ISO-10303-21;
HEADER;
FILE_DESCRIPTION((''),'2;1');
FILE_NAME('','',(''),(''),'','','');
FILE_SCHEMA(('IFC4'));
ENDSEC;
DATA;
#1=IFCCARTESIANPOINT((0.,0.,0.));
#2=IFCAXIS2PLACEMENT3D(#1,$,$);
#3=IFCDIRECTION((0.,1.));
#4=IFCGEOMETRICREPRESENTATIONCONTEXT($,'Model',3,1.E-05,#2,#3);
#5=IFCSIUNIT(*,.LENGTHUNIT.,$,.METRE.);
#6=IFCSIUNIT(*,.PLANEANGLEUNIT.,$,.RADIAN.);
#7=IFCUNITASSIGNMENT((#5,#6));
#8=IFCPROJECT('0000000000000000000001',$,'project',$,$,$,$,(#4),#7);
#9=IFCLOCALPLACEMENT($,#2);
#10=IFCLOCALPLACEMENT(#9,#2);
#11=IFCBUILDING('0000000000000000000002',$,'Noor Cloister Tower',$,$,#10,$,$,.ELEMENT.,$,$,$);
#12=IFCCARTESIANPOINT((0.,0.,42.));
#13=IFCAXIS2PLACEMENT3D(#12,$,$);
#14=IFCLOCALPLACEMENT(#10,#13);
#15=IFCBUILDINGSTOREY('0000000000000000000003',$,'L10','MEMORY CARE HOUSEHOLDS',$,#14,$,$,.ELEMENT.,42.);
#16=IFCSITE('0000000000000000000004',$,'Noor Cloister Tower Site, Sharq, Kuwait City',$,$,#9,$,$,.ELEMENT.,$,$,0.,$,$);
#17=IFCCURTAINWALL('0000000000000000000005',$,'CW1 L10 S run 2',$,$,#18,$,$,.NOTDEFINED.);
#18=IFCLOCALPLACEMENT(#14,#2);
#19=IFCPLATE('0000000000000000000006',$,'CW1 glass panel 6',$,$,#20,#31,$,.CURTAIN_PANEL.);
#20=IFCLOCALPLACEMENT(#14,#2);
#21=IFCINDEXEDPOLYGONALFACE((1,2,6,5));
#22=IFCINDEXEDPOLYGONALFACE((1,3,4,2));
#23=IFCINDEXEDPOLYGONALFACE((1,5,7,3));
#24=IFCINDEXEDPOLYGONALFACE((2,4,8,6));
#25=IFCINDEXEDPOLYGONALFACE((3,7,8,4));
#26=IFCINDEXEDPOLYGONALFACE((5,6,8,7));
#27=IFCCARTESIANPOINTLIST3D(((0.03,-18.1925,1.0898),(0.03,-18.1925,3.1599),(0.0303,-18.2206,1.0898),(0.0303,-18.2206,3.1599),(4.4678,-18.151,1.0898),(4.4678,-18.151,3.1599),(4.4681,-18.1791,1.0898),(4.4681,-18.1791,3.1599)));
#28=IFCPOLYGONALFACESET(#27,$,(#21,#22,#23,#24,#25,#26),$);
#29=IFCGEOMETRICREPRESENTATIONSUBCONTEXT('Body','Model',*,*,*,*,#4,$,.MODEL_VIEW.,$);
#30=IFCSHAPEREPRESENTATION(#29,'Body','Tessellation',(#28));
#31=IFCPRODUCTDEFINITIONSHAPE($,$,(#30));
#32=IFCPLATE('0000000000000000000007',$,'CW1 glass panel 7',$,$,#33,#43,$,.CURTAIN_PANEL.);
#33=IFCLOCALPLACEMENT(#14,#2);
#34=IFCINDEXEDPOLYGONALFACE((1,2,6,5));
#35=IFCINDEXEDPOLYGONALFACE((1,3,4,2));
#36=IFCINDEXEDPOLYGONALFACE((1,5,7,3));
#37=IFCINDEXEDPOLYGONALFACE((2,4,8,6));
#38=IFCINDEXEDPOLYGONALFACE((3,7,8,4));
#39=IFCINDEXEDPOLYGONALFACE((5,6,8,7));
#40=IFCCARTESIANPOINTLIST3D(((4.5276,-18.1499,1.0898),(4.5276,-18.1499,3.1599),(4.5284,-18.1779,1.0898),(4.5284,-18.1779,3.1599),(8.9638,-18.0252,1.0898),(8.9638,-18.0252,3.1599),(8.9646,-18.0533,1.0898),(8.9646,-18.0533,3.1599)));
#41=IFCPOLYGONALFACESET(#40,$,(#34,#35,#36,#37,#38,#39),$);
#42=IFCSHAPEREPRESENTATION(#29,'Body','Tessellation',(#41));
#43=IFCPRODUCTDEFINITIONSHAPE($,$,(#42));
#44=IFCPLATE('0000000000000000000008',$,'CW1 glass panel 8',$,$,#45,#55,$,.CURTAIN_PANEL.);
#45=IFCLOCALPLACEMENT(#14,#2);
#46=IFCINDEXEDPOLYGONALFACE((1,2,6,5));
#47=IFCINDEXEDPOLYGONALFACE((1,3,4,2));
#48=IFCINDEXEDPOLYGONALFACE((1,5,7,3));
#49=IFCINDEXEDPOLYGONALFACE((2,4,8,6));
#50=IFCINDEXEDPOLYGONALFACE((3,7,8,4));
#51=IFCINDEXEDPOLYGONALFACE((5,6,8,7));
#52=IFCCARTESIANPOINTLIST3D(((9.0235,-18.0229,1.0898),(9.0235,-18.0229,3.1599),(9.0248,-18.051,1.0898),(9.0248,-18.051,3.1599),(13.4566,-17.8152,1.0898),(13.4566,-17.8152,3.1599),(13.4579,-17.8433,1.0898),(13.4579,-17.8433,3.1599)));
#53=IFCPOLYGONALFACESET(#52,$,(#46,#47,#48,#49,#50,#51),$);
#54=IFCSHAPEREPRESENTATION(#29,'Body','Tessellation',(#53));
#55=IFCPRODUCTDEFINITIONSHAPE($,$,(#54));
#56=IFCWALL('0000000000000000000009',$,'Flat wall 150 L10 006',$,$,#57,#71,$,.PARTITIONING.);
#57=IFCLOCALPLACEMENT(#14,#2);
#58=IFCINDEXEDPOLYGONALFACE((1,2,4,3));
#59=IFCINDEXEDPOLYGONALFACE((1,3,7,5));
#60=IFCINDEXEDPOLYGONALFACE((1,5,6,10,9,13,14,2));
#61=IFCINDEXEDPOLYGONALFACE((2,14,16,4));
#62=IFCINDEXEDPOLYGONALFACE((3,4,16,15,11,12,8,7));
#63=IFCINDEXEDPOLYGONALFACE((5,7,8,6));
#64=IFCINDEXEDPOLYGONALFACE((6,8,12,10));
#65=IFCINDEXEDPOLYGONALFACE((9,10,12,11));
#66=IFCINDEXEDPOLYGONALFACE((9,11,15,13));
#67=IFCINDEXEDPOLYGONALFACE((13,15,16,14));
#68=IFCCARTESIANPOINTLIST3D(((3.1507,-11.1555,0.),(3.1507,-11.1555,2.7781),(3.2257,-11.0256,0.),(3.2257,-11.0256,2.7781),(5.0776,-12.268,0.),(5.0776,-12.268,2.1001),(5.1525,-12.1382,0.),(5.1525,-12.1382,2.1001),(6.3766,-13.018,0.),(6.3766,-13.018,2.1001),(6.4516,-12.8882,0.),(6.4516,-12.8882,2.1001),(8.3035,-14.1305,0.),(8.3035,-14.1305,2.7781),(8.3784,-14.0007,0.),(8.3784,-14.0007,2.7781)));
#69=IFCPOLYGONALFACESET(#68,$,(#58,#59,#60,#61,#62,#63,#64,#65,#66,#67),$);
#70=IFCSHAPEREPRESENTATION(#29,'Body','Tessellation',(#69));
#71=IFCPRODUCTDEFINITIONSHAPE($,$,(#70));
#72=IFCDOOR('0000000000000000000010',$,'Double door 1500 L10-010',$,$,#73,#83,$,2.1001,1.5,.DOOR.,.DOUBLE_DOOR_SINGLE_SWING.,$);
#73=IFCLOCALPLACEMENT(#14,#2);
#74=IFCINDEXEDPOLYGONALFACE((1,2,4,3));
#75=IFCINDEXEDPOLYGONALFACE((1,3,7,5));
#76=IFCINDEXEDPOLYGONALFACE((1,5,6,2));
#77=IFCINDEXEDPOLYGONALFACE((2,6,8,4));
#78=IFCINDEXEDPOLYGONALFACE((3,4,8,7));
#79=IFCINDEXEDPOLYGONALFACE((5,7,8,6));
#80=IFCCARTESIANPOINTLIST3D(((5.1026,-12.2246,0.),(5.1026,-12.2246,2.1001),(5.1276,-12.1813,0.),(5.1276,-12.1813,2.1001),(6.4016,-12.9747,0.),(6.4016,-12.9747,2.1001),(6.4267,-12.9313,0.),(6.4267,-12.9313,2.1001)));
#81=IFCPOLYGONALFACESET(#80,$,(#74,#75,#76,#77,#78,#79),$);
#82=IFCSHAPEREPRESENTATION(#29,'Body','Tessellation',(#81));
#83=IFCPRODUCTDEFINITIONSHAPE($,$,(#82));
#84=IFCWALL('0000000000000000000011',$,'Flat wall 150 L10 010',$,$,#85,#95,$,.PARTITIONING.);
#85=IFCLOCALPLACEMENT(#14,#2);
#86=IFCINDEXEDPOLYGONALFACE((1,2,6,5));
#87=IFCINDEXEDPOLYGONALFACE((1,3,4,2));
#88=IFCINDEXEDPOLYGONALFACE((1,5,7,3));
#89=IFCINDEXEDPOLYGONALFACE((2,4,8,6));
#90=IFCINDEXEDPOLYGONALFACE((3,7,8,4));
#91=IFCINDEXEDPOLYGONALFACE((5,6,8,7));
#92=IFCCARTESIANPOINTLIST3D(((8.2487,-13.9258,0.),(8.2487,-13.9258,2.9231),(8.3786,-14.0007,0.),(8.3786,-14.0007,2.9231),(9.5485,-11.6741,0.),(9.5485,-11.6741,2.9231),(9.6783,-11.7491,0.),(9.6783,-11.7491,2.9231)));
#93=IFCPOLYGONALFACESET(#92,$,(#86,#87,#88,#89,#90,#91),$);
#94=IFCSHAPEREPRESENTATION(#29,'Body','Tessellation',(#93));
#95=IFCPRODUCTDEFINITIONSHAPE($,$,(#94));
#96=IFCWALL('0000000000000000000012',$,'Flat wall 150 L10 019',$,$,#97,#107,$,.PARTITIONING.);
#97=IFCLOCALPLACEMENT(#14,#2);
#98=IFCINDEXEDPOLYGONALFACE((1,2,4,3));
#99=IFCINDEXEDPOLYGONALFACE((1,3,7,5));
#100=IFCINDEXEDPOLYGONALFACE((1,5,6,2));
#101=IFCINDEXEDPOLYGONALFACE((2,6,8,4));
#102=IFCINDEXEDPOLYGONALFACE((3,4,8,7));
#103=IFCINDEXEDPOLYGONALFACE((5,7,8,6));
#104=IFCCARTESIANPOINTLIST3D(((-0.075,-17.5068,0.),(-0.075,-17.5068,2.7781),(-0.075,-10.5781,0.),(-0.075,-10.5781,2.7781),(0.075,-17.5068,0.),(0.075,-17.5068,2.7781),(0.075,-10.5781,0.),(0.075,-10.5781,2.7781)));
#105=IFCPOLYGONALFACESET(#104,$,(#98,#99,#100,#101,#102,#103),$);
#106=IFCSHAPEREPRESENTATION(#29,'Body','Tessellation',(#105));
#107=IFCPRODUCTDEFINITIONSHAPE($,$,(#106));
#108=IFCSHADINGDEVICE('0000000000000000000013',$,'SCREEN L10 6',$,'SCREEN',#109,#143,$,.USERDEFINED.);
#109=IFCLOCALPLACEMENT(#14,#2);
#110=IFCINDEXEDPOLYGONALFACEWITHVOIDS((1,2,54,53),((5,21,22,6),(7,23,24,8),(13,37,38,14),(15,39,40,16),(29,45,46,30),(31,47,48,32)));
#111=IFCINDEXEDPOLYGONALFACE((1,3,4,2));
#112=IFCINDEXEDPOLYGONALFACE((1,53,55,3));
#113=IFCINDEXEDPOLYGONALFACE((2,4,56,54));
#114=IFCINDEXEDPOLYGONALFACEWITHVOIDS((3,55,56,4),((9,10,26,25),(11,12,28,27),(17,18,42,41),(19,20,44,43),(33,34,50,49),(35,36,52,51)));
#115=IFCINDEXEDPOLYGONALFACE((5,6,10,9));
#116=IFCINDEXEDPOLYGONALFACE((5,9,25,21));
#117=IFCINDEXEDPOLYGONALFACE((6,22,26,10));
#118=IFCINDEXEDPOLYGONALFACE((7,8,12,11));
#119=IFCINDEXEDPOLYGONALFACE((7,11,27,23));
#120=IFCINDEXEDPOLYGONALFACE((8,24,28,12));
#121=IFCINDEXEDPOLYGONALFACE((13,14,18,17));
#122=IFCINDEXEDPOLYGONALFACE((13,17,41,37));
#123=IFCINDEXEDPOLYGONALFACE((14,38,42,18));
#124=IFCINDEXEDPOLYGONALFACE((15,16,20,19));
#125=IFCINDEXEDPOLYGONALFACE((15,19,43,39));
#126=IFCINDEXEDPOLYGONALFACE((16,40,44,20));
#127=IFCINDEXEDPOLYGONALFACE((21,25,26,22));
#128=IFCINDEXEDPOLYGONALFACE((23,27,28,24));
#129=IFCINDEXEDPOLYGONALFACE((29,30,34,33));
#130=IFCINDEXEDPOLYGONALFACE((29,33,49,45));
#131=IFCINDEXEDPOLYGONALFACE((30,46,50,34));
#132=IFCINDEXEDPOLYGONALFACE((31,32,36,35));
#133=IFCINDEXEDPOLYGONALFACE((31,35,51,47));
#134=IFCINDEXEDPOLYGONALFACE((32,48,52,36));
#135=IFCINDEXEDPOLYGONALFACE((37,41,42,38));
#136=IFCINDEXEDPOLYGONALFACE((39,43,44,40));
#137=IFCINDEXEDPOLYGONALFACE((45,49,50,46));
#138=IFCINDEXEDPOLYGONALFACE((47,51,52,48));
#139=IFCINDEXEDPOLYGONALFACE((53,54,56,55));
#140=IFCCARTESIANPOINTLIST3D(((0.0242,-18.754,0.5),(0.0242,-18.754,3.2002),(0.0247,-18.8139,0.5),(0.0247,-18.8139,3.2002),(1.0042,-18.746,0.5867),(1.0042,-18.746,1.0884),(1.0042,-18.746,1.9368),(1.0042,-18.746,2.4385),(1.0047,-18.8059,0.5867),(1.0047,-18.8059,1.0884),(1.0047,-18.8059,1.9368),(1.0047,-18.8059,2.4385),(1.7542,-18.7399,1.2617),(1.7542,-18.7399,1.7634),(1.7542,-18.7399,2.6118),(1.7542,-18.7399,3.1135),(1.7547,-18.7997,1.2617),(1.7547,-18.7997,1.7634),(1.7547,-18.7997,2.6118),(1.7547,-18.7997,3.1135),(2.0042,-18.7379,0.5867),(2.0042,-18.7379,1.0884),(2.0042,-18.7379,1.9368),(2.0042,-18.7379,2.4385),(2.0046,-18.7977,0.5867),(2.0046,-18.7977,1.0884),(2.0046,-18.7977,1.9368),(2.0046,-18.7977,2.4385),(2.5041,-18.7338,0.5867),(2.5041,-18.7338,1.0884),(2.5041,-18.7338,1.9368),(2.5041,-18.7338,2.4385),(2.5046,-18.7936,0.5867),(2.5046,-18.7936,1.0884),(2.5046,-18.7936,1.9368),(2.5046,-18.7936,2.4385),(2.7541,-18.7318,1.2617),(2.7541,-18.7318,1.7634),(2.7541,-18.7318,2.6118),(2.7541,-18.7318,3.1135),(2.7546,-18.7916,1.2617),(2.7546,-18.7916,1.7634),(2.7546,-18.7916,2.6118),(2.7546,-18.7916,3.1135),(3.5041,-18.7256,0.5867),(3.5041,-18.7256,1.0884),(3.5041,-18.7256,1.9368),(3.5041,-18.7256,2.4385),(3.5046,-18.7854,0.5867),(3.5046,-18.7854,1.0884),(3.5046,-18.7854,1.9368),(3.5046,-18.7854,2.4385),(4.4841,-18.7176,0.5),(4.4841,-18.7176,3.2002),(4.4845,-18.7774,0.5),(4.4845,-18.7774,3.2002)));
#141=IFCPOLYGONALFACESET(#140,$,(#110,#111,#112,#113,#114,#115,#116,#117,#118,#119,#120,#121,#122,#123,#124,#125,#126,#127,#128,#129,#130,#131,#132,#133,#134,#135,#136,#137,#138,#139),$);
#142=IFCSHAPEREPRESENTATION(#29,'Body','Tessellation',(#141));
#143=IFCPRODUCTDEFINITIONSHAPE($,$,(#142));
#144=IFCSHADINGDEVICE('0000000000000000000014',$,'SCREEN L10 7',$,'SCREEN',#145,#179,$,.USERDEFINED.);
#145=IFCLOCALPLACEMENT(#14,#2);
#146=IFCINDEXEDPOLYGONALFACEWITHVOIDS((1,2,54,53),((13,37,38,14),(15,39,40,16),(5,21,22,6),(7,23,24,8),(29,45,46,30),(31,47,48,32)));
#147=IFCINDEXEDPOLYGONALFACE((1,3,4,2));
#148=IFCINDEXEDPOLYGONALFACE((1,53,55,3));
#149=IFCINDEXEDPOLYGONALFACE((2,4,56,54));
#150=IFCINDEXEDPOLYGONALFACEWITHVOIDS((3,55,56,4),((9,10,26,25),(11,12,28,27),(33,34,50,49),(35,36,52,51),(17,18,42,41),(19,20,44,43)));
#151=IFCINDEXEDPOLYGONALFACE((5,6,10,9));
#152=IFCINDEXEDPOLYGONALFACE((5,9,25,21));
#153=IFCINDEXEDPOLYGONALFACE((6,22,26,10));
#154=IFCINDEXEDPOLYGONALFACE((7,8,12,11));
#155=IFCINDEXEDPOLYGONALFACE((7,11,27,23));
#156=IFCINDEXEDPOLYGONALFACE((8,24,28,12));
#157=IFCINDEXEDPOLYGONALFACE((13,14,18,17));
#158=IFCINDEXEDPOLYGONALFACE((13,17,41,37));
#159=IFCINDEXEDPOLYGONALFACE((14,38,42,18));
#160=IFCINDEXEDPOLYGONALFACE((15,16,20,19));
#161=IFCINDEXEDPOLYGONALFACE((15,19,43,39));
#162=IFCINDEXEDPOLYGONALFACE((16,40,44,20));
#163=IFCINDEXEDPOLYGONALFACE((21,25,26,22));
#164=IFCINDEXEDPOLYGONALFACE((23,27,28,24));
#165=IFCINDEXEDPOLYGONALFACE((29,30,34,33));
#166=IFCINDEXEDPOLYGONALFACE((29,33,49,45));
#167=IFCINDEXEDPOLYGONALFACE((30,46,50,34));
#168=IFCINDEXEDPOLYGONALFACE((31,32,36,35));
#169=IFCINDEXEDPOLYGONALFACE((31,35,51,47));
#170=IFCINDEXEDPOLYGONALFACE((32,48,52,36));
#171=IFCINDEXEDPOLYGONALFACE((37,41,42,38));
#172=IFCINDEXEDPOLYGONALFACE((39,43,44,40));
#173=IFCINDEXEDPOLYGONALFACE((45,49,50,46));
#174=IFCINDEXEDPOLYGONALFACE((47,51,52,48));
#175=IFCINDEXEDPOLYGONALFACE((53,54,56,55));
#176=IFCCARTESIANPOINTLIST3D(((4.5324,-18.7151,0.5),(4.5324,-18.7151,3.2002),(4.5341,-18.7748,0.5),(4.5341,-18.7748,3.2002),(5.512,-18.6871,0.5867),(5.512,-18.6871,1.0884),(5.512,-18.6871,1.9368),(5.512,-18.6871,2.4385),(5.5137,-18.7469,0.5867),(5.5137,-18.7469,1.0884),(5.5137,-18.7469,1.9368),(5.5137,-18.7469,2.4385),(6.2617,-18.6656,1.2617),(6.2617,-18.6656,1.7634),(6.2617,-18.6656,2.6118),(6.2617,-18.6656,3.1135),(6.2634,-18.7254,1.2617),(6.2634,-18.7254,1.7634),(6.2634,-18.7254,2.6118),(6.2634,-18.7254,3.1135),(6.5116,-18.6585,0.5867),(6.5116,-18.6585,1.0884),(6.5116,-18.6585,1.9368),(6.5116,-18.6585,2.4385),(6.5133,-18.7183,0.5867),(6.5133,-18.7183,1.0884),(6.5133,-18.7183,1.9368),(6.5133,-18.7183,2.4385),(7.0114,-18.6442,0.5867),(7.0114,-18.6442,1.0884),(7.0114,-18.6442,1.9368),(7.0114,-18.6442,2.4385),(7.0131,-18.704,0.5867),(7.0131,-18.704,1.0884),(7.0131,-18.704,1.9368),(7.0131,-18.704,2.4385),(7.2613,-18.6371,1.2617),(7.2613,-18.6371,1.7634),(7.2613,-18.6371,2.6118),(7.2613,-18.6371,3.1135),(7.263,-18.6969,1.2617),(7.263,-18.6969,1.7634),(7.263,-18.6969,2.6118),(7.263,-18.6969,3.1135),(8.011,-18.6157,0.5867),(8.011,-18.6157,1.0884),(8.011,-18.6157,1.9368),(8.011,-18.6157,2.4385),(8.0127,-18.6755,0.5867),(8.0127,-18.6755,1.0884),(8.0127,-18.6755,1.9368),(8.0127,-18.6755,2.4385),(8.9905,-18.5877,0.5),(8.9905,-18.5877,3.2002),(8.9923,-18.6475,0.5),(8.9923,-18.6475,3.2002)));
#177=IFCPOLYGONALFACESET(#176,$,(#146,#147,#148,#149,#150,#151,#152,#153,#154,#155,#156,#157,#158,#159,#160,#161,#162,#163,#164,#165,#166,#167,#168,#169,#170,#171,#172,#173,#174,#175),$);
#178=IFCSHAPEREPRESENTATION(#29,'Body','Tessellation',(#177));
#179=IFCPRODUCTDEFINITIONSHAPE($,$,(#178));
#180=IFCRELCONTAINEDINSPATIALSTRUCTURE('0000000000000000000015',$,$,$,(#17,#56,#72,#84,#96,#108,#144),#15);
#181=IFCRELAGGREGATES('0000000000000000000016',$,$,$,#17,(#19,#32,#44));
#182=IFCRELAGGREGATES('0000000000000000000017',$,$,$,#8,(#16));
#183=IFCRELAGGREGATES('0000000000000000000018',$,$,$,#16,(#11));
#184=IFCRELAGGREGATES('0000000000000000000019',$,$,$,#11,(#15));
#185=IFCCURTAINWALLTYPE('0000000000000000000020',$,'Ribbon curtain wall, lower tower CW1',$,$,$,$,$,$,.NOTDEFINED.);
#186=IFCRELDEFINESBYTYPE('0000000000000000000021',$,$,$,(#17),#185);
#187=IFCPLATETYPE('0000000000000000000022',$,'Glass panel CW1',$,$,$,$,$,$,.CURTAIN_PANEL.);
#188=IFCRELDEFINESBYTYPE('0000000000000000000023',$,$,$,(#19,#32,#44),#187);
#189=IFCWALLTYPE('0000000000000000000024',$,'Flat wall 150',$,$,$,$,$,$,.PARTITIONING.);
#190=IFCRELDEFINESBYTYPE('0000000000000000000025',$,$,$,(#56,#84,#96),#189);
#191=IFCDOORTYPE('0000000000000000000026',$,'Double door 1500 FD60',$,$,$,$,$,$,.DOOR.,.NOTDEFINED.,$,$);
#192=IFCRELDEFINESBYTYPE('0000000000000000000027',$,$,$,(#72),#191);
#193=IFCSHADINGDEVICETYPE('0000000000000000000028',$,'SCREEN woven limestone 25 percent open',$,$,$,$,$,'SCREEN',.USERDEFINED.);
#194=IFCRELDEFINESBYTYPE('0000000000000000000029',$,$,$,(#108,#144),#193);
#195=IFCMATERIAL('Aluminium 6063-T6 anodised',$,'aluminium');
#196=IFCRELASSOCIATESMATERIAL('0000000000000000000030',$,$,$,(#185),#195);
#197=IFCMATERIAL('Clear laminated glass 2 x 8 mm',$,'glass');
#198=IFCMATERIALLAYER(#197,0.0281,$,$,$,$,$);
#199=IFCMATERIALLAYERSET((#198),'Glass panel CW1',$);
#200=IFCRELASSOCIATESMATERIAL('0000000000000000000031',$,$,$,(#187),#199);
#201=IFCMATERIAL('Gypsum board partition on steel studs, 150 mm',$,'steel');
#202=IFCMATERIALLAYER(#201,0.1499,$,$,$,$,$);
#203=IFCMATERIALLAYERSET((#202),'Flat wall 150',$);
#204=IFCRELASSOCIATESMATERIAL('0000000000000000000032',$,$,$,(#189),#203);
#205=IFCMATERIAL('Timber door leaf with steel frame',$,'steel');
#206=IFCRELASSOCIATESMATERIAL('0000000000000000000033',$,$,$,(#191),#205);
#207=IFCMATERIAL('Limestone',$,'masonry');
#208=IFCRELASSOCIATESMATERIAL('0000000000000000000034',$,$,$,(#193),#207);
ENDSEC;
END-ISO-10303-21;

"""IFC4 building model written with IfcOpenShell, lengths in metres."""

from ifc_helpers import new_model, si_unit, direction, frame, frame_2d, origin, origin_2d, place, context, subcontext, project, spatial, polyline, rectangle, outline, extrude, material, layer, layer_set, material_profile, profile_set, type_object, element, fill, aggregate, save


model = new_model("IFC4")

# Units and contexts
model_context = context("Model", 3, precision=1e-05, world=origin(), true_north=direction((0.0, 1.0)))
body_context = subcontext(model_context, "Body", "Model", "MODEL_VIEW")
ifc_project = project(units=[si_unit("LENGTHUNIT", "METRE"), si_unit("PLANEANGLEUNIT", "RADIAN")], contexts=[model_context])

# Site, building, storey
site_placement = place(None, origin())
site = spatial("IfcSite", under=ifc_project, at=site_placement, Name="Noor Cloister Tower Site, Sharq, Kuwait City", CompositionType="ELEMENT", RefElevation=0.0)
building_placement = place(site_placement, origin())
building = spatial("IfcBuilding", under=site, at=building_placement, Name="Noor Cloister Tower", CompositionType="ELEMENT")
storey_placement = place(building_placement, frame((0.0, 0.0, 42.0)))
storey = spatial("IfcBuildingStorey", under=building, at=storey_placement, Name="L10", Description="MEMORY CARE HOUSEHOLDS", CompositionType="ELEMENT", Elevation=42.0)

# Curtain wall
ifc_material_1 = material(Name="Aluminium 6063-T6 anodised", Category="aluminium")
curtain_wall_type = type_object("IfcCurtainWallType", Name="Ribbon curtain wall, lower tower CW1", PredefinedType="NOTDEFINED", material=ifc_material_1)
curtain_wall_placement = place(storey_placement, origin())
curtain_wall = element("IfcCurtainWall", 1, at=curtain_wall_placement, inside=storey, type_object=curtain_wall_type, Name="CW1 L10 S run 2", PredefinedType="NOTDEFINED")

# Plates
ifc_material_2 = material(Name="Clear laminated glass 2 x 8 mm", Category="glass")
ifc_layer_1 = layer(ifc_material_2, 0.0281)
ifc_layer_set_1 = layer_set([ifc_layer_1], Name="Glass panel CW1")
plate_type = type_object("IfcPlateType", Name="Glass panel CW1", PredefinedType="CURTAIN_PANEL", material=ifc_layer_set_1)
plate_1_placement = place(storey_placement, frame((2.249, -18.1858, 1.0898), z_axis=(0.0, 0.0, 1.0), x_axis=(0.999956, 0.009364, 0.0)))
plate_1 = element("IfcPlate", 2, at=plate_1_placement, type_object=plate_type, Name="CW1 glass panel 6", PredefinedType="CURTAIN_PANEL", context=body_context, shape_type="SweptSolid", body=[
    extrude(rectangle(XDim=4.438, YDim=0.0281, at=origin_2d()), origin(), (0.0, 0.0, 1.0), 2.0701),
])
plate_2_placement = place(storey_placement, frame((6.7461, -18.1016, 1.0898), z_axis=(0.0, 0.0, 1.0), x_axis=(0.999605, 0.028087, 0.0)))
plate_2 = element("IfcPlate", 3, at=plate_2_placement, type_object=plate_type, Name="CW1 glass panel 7", PredefinedType="CURTAIN_PANEL", context=body_context, shape_type="SweptSolid", body=[
    extrude(rectangle(XDim=4.438, YDim=0.0281, at=origin_2d()), origin(), (0.0, 0.0, 1.0), 2.0701),
])
plate_3_placement = place(storey_placement, frame((11.2407, -17.9331, 1.0898), z_axis=(0.0, 0.0, 1.0), x_axis=(0.998904, 0.046801, 0.0)))
plate_3 = element("IfcPlate", 4, at=plate_3_placement, type_object=plate_type, Name="CW1 glass panel 8", PredefinedType="CURTAIN_PANEL", context=body_context, shape_type="SweptSolid", body=[
    extrude(rectangle(XDim=4.438, YDim=0.0281, at=origin_2d()), origin(), (0.0, 0.0, 1.0), 2.0701),
])
aggregate(curtain_wall, [plate_1, plate_2, plate_3])

# Wall, opening, door
ifc_material_3 = material(Name="Gypsum board partition on steel studs, 150 mm", Category="steel")
ifc_layer_2 = layer(ifc_material_3, 0.1499)
ifc_layer_set_2 = layer_set([ifc_layer_2], Name="Flat wall 150")
wall_type = type_object("IfcWallType", Name="Flat wall 150", PredefinedType="PARTITIONING", material=ifc_layer_set_2)
wall_1_placement = place(storey_placement, frame((8.3411, -14.0657, 0.0), z_axis=(0.0, 0.0, 1.0), x_axis=(-0.866017, 0.500014, 0.0)))
wall_1 = element("IfcWall", 5, at=wall_1_placement, inside=storey, type_object=wall_type, Name="Flat wall 150 L10 006", PredefinedType="PARTITIONING", context=body_context, shape_type="SweptSolid", body=[
    extrude(rectangle(XDim=5.95, YDim=0.1499, at=frame_2d((2.9751, 0.0))), origin(), (0.0, 0.0, 1.0), 2.7781),
])
opening_placement = place(wall_1_placement, frame((2.2251, 0.0, 0.0)))
opening = element("IfcOpeningElement", 6, at=opening_placement, cuts=wall_1, PredefinedType="OPENING", context=body_context, shape_type="SweptSolid", body=[
    extrude(rectangle(XDim=1.5, YDim=2.1001, at=frame_2d((0.75, 1.05))), frame((0.0, 0.085, 0.0), z_axis=(0.0, -1.0, 0.0), x_axis=(1.0, 0.0, 0.0)), (0.0, 0.0, 1.0), 0.1699),
])
ifc_material_4 = material(Name="Timber door leaf with steel frame", Category="steel")
door_type = type_object("IfcDoorType", Name="Double door 1500 FD60", OperationType="NOTDEFINED", PredefinedType="DOOR", material=ifc_material_4)
door_placement = place(opening_placement, origin())
door = element("IfcDoor", 7, at=door_placement, inside=storey, type_object=door_type, Name="Double door 1500 L10-010", OperationType="DOUBLE_DOOR_SINGLE_SWING", OverallHeight=2.1001, OverallWidth=1.5, PredefinedType="DOOR", context=body_context, shape_type="SweptSolid", body=[
    extrude(rectangle(XDim=1.5, YDim=2.1001, at=frame_2d((0.75, 1.05))), frame((0.0, 0.0249, 0.0), z_axis=(0.0, -1.0, 0.0), x_axis=(1.0, 0.0, 0.0)), (0.0, 0.0, 1.0), 0.05),
])
fill(opening, door)

# Walls
wall_2_placement = place(storey_placement, frame((8.3137, -13.9631, 0.0), z_axis=(0.0, 0.0, 1.0), x_axis=(0.499937, 0.866062, 0.0)))
element("IfcWall", 8, at=wall_2_placement, inside=storey, type_object=wall_type, Name="Flat wall 150 L10 010", PredefinedType="PARTITIONING", context=body_context, shape_type="SweptSolid", body=[
    extrude(rectangle(XDim=2.5999, YDim=0.1499, at=frame_2d((1.2998, 0.0))), origin(), (0.0, 0.0, 1.0), 2.9231),
])
wall_3_placement = place(storey_placement, frame((0.0, -17.5068, 0.0), z_axis=(0.0, 0.0, 1.0), x_axis=(0.0, 1.0, 0.0)))
element("IfcWall", 9, at=wall_3_placement, inside=storey, type_object=wall_type, Name="Flat wall 150 L10 019", PredefinedType="PARTITIONING", context=body_context, shape_type="SweptSolid", body=[
    extrude(rectangle(XDim=6.9287, YDim=0.1499, at=frame_2d((3.4644, 0.0))), origin(), (0.0, 0.0, 1.0), 2.7781),
])

# Shading devices
ifc_material_5 = material(Name="Limestone", Category="masonry")
ifc_material_profile_1 = material_profile(ifc_material_5, outline(polyline([(-2.23, -1.3501), (2.23, -1.3501), (2.23, 1.3501), (-2.23, 1.3501), (-2.23, -1.3501)]), holes=[polyline([(-1.25, -1.2634), (-0.25, -1.2634), (-0.25, -0.7617), (-1.25, -0.7617), (-1.25, -1.2634)]), polyline([(0.25, -1.2634), (1.25, -1.2634), (1.25, -0.7617), (0.25, -0.7617), (0.25, -1.2634)]), polyline([(-0.5, -0.5884), (0.5, -0.5884), (0.5, -0.0867), (-0.5, -0.0867), (-0.5, -0.5884)]), polyline([(-1.25, 0.0867), (-0.25, 0.0867), (-0.25, 0.5884), (-1.25, 0.5884), (-1.25, 0.0867)]), polyline([(0.25, 0.0867), (1.25, 0.0867), (1.25, 0.5884), (0.25, 0.5884), (0.25, 0.0867)]), polyline([(-0.5, 0.7617), (0.5, 0.7617), (0.5, 1.2634), (-0.5, 1.2634), (-0.5, 0.7617)])]), Name="Woven screen 25 percent open")
ifc_profile_set_1 = profile_set([ifc_material_profile_1], Name="Limestone")
shading_device_type = type_object("IfcShadingDeviceType", Name="SCREEN woven limestone 25 percent open", ElementType="SCREEN", PredefinedType="USERDEFINED", material=ifc_profile_set_1)
for number, where, z_axis, x_axis, name in (
    (10, (2.2542, -18.7358, 1.8501), (0.008163, -0.999967, 0.0), (0.999967, 0.008163, 0.0), "SCREEN L10 6"),
    (11, (6.7615, -18.6514, 1.8501), (0.02856, -0.999592, 0.0), (0.999592, 0.02856, 0.0), "SCREEN L10 7"),
):
    element("IfcShadingDevice", number, at=place(storey_placement, frame(where, z_axis=z_axis, x_axis=x_axis)), inside=storey, type_object=shading_device_type, Name=name, ObjectType="SCREEN", PredefinedType="USERDEFINED", context=body_context, shape_type="SweptSolid", body=[
        extrude(outline(polyline([(-2.23, -1.3501), (2.23, -1.3501), (2.23, 1.3501), (-2.23, 1.3501), (-2.23, -1.3501)]), holes=[polyline([(-1.25, -1.2634), (-0.25, -1.2634), (-0.25, -0.7617), (-1.25, -0.7617), (-1.25, -1.2634)]), polyline([(0.25, -1.2634), (1.25, -1.2634), (1.25, -0.7617), (0.25, -0.7617), (0.25, -1.2634)]), polyline([(-0.5, -0.5884), (0.5, -0.5884), (0.5, -0.0867), (-0.5, -0.0867), (-0.5, -0.5884)]), polyline([(-1.25, 0.0867), (-0.25, 0.0867), (-0.25, 0.5884), (-1.25, 0.5884), (-1.25, 0.0867)]), polyline([(0.25, 0.0867), (1.25, 0.0867), (1.25, 0.5884), (0.25, 0.5884), (0.25, 0.0867)]), polyline([(-0.5, 0.7617), (0.5, 0.7617), (0.5, 1.2634), (-0.5, 1.2634), (-0.5, 0.7617)])]), origin(), (0.0, 0.0, 1.0), 0.0598),
    ])

save(model, "model.ifc")
